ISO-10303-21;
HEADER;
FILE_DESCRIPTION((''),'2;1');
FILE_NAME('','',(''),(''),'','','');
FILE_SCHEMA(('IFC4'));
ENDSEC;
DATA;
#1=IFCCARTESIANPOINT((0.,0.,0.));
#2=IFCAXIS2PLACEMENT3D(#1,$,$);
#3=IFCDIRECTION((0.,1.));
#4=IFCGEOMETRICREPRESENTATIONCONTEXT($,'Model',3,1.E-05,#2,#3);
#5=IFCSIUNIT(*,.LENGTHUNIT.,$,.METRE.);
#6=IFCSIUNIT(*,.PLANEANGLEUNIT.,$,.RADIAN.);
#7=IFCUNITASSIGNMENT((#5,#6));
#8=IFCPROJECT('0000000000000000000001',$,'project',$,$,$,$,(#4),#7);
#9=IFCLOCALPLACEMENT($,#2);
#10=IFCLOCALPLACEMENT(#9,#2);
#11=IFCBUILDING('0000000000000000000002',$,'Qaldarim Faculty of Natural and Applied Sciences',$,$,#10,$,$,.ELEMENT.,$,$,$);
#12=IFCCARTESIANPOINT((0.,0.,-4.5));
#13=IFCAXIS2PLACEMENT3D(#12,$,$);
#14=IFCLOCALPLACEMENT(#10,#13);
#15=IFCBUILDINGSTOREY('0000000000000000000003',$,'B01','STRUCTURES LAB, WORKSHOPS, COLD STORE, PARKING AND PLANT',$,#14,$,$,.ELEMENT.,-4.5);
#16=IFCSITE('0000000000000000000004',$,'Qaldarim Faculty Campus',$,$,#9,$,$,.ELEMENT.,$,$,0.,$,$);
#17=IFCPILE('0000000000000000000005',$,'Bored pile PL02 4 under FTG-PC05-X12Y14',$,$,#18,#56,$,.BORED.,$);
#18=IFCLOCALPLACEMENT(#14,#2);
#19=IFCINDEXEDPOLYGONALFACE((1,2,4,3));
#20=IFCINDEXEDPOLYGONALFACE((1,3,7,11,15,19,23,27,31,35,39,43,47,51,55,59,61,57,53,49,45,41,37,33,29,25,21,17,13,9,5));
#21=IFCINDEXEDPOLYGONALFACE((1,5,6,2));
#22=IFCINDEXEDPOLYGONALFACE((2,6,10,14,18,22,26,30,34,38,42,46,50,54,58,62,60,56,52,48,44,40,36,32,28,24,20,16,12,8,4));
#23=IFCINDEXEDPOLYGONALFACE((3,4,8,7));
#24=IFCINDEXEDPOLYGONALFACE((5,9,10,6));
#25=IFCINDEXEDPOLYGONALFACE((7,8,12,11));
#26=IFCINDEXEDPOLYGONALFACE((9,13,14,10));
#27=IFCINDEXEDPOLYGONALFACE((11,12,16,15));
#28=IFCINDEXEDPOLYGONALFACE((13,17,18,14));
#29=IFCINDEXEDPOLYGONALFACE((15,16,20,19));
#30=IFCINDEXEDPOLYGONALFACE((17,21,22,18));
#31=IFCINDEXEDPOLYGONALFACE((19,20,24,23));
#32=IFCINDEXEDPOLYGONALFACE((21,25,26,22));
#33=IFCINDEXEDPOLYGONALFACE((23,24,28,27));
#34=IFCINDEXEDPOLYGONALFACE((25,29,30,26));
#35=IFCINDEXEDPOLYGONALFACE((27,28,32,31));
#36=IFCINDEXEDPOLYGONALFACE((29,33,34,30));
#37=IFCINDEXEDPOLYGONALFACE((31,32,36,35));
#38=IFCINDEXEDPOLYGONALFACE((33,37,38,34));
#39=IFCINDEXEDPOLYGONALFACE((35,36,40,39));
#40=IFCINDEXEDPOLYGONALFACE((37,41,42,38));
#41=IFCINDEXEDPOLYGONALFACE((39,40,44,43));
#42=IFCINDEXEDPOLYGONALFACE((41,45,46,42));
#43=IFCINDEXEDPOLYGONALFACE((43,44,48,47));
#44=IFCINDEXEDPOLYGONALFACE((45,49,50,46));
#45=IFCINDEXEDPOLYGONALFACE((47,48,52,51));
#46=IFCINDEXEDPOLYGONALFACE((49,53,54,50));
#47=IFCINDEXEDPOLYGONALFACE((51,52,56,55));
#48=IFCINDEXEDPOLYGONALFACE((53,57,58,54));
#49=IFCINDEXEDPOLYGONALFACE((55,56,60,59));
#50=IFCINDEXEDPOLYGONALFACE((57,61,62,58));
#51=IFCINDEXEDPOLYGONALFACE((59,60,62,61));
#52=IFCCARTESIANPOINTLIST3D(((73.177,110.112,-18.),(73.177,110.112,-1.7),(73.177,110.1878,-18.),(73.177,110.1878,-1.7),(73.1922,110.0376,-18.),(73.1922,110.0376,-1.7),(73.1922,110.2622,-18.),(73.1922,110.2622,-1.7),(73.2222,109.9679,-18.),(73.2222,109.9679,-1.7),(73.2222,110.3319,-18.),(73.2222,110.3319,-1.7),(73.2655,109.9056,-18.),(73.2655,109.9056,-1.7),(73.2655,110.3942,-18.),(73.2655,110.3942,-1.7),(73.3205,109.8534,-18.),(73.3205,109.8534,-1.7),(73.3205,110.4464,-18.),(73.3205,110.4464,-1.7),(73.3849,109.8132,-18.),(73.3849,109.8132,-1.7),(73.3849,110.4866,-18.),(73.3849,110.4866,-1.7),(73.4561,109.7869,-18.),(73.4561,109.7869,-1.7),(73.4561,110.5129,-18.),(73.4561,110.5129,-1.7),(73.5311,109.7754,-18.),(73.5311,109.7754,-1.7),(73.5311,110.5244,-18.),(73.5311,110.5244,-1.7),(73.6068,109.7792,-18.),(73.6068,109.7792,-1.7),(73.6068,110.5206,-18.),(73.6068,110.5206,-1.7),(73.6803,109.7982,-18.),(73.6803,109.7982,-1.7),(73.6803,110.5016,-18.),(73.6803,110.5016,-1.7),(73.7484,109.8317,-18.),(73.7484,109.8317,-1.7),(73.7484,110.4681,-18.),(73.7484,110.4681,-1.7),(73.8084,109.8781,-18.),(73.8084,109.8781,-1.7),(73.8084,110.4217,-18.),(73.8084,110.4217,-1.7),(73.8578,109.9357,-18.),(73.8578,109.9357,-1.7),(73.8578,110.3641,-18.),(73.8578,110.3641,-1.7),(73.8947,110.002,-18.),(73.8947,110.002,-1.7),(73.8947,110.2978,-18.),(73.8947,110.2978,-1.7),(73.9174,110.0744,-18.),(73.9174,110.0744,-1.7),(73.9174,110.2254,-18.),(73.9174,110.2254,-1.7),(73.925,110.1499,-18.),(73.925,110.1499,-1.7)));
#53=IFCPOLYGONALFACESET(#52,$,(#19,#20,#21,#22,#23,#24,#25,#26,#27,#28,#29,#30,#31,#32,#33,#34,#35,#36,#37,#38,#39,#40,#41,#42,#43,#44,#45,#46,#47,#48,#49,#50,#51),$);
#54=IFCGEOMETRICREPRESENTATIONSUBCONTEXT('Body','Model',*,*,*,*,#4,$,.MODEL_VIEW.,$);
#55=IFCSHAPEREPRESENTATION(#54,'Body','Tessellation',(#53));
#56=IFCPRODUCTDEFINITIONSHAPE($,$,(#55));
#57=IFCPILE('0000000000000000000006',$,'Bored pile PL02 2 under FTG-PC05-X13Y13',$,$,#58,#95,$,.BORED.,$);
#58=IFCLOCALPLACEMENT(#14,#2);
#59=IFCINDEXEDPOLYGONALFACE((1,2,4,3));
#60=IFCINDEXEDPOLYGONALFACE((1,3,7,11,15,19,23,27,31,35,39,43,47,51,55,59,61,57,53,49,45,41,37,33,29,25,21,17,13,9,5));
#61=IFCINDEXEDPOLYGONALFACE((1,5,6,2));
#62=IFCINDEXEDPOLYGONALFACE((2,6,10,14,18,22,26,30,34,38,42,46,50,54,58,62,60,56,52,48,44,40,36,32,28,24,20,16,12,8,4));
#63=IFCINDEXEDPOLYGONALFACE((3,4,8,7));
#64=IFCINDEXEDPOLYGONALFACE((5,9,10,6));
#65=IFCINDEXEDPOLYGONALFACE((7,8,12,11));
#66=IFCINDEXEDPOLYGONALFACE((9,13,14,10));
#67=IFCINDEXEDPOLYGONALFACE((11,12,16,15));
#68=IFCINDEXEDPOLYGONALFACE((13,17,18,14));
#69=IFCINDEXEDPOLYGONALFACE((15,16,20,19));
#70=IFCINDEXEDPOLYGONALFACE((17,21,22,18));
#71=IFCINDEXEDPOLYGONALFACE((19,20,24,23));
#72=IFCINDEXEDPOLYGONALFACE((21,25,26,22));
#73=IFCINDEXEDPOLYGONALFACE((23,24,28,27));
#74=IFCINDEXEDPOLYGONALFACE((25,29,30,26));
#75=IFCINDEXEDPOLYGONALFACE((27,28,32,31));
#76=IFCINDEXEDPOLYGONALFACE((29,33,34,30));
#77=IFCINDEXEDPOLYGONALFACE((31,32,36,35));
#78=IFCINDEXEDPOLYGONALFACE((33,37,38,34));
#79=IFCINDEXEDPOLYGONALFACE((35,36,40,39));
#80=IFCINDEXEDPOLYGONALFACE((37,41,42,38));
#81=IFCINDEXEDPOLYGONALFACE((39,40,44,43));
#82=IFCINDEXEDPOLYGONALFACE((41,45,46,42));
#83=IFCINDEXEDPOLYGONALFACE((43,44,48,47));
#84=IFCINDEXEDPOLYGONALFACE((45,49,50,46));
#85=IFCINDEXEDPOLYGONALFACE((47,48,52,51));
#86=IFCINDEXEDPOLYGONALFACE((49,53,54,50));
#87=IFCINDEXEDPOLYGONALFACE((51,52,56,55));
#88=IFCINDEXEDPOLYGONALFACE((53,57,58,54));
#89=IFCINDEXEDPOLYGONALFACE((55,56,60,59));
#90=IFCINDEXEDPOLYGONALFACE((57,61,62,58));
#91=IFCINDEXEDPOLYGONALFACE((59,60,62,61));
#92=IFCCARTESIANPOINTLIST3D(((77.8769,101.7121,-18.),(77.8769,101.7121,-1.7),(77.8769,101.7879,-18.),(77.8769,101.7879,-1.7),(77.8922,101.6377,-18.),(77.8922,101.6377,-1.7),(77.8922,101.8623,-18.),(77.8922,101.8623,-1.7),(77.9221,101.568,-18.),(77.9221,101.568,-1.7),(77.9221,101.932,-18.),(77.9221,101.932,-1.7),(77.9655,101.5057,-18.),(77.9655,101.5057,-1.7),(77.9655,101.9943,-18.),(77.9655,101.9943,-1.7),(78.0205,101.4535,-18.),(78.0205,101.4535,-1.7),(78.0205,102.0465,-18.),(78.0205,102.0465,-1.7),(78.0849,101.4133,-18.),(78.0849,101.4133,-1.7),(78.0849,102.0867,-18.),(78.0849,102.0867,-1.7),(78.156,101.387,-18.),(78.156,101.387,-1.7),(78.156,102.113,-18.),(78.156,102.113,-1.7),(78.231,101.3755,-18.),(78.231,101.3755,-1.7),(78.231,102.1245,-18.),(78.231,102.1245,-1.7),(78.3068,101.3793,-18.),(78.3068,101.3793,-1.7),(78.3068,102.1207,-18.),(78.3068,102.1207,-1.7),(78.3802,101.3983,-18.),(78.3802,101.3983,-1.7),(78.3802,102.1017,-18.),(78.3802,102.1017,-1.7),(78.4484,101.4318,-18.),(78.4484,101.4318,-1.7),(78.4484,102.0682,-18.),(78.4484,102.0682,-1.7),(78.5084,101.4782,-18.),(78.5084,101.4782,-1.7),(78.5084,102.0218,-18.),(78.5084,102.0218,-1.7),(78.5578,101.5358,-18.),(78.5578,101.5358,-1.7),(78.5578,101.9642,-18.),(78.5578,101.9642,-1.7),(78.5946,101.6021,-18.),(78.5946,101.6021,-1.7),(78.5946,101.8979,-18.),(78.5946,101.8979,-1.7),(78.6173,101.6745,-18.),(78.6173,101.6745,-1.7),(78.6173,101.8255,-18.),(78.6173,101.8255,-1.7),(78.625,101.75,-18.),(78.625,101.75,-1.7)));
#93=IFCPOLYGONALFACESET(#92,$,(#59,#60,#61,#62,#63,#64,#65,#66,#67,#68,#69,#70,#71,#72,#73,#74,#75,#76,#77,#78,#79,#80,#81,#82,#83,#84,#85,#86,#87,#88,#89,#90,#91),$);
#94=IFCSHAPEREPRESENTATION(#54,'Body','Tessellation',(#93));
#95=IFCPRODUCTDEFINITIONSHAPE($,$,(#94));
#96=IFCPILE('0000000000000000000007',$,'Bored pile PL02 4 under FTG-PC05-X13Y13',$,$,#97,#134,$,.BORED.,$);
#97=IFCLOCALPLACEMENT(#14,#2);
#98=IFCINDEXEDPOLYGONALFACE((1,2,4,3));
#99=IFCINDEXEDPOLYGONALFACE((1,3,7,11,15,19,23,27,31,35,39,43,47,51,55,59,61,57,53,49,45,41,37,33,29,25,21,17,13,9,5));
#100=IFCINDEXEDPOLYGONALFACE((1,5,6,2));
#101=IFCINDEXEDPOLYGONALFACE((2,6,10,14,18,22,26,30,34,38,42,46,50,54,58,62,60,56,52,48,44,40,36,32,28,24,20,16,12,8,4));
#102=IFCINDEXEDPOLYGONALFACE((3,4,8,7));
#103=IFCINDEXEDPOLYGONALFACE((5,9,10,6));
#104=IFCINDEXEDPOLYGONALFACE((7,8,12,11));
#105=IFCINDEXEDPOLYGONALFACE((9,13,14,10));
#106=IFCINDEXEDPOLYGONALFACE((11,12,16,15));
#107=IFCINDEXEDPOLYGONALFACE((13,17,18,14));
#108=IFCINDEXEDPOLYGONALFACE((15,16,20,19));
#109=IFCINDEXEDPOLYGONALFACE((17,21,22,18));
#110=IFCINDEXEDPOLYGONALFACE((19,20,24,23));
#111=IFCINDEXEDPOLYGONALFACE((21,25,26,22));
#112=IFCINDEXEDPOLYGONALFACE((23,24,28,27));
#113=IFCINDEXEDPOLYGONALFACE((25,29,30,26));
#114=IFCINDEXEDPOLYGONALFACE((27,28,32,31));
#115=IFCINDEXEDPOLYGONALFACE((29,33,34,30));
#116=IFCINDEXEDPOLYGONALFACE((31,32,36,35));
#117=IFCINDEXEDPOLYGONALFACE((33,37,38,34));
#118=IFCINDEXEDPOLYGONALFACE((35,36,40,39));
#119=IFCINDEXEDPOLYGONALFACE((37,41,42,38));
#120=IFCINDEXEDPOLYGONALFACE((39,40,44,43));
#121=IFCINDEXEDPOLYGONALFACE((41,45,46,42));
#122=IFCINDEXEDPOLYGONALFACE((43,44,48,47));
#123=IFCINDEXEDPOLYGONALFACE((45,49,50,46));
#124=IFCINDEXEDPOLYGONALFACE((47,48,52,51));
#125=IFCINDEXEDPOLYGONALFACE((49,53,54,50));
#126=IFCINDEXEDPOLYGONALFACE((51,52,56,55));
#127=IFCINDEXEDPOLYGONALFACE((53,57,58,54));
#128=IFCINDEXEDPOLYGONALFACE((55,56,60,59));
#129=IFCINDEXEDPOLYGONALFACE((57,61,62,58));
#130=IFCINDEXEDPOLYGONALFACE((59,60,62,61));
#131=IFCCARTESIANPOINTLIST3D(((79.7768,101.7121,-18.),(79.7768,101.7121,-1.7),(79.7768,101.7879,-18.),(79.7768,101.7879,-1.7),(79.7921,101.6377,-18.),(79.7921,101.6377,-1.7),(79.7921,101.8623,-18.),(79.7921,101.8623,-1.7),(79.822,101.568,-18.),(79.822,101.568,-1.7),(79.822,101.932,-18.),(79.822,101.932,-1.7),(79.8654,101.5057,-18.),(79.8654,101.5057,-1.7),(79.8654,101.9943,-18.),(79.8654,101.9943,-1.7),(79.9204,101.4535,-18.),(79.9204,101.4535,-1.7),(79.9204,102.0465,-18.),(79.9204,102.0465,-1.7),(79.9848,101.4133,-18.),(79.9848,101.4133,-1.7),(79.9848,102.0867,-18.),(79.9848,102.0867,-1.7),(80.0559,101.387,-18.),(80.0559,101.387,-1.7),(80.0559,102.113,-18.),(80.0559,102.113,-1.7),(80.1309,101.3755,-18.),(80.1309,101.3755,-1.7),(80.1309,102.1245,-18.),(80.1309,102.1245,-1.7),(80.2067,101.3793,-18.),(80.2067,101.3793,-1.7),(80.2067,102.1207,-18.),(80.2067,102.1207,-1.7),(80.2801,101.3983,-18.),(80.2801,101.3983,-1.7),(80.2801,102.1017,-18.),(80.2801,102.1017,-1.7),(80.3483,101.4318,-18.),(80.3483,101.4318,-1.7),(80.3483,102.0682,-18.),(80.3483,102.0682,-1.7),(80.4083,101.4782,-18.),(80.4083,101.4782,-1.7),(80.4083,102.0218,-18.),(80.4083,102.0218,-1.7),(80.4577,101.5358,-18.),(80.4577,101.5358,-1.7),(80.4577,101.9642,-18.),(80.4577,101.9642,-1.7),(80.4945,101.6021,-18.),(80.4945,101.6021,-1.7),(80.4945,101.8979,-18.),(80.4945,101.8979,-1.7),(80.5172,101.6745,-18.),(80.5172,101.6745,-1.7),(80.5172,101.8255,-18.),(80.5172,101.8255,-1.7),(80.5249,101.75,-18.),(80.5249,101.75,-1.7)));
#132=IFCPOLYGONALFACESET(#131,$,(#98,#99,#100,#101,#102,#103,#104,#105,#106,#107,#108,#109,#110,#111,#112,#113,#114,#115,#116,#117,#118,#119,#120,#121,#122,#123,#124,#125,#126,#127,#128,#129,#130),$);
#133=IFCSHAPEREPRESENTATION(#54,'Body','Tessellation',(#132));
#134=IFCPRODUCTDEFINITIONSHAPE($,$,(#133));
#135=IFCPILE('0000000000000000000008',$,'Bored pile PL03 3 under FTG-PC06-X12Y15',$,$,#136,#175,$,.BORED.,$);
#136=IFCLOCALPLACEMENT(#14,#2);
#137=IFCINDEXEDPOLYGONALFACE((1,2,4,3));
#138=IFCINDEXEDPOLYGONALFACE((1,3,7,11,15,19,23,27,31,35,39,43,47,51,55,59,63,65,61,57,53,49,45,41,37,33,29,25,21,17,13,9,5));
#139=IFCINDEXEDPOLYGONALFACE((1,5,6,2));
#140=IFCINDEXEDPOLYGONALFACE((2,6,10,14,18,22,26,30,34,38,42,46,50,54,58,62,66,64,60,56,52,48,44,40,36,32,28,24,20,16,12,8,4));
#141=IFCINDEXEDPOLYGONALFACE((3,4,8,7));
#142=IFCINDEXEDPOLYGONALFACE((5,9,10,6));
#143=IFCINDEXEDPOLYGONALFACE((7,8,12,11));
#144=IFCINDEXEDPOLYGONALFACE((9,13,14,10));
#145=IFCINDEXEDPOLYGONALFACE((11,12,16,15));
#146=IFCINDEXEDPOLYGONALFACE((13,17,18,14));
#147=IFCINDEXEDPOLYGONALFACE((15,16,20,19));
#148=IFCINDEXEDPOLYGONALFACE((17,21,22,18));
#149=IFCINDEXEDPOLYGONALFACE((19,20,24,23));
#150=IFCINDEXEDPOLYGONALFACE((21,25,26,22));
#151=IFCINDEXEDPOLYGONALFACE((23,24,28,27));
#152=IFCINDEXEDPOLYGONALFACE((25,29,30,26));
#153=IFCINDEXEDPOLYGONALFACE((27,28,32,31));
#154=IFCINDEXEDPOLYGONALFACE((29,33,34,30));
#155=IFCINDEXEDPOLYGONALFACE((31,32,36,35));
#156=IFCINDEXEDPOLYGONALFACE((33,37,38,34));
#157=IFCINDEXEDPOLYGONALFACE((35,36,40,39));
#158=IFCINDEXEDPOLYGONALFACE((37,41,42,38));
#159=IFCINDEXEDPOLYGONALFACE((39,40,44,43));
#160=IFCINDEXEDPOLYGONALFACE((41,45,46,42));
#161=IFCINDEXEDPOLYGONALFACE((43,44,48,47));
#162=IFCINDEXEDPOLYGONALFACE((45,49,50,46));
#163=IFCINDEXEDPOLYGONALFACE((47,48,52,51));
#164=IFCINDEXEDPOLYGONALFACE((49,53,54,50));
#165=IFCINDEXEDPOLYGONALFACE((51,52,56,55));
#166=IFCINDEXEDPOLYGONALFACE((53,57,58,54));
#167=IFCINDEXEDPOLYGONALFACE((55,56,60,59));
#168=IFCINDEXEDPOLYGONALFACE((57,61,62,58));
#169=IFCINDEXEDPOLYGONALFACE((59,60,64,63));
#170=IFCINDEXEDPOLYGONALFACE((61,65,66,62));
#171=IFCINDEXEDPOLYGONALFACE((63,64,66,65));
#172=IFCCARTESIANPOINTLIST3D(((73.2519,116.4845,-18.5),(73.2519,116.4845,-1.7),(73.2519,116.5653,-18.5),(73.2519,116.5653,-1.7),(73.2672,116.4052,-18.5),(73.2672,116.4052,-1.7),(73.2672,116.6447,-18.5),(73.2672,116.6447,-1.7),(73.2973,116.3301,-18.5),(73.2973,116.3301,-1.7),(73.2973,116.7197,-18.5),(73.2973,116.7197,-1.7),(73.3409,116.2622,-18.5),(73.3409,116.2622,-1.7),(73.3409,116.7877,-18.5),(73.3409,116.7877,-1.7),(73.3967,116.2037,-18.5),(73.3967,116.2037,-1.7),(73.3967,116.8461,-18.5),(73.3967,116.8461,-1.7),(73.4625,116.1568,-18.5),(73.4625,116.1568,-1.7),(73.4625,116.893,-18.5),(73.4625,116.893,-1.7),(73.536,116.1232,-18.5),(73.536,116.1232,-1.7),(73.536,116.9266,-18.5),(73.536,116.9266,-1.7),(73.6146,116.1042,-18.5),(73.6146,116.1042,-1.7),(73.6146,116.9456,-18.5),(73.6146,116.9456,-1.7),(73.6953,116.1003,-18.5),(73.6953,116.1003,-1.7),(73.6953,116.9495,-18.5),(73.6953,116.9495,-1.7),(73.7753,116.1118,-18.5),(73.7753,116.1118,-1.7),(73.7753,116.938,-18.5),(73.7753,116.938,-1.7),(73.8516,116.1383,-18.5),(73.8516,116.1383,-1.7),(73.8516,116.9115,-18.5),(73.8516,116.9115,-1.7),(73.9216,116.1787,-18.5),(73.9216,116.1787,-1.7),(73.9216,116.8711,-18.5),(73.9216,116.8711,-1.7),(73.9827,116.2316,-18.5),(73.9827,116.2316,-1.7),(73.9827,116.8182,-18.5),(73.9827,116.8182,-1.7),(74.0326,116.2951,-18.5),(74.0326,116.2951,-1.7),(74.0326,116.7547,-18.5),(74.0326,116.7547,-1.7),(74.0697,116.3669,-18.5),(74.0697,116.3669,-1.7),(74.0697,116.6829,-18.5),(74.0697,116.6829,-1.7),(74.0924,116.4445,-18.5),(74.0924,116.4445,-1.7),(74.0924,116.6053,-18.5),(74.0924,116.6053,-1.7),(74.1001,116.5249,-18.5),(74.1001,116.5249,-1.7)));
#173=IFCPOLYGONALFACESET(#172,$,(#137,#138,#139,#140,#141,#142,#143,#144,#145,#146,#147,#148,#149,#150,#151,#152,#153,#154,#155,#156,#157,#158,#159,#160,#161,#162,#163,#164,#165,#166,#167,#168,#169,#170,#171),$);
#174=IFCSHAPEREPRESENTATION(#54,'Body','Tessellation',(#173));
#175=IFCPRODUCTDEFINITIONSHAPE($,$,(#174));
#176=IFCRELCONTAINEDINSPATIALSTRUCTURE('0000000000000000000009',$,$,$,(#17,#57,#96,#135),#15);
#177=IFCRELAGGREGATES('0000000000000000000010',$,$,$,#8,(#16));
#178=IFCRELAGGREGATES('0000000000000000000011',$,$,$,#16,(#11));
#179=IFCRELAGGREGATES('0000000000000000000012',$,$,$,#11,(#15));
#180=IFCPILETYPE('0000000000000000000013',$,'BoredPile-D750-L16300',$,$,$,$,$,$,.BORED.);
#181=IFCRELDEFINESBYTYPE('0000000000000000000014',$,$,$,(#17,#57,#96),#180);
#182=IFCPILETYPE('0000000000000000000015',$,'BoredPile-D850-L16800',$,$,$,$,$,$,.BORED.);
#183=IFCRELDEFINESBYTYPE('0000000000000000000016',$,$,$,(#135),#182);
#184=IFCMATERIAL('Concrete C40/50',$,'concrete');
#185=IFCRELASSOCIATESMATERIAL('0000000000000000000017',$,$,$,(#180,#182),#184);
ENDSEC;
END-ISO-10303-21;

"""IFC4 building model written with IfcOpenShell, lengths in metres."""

from ifc_helpers import new_model, si_unit, direction, frame, origin, origin_2d, place, context, subcontext, project, spatial, circle, extrude, material, material_profile, profile_set, type_object, element, save


model = new_model("IFC4")

# Units and contexts
model_context = context("Model", 3, precision=1e-05, world=origin(), true_north=direction((0.0, 1.0)))
body_context = subcontext(model_context, "Body", "Model", "MODEL_VIEW")
ifc_project = project(units=[si_unit("LENGTHUNIT", "METRE"), si_unit("PLANEANGLEUNIT", "RADIAN")], contexts=[model_context])

# Site, building, storey
site_placement = place(None, origin())
site = spatial("IfcSite", under=ifc_project, at=site_placement, Name="Qaldarim Faculty Campus", CompositionType="ELEMENT", RefElevation=0.0)
building_placement = place(site_placement, origin())
building = spatial("IfcBuilding", under=site, at=building_placement, Name="Qaldarim Faculty of Natural and Applied Sciences", CompositionType="ELEMENT")
storey_placement = place(building_placement, frame((0.0, 0.0, -4.5)))
storey = spatial("IfcBuildingStorey", under=building, at=storey_placement, Name="B01", Description="STRUCTURES LAB, WORKSHOPS, COLD STORE, PARKING AND PLANT", CompositionType="ELEMENT", Elevation=-4.5)

# Piles
ifc_material_1 = material(Name="Concrete C40/50", Category="concrete")
ifc_material_profile_1 = material_profile(ifc_material_1, circle(Radius=0.375, at=origin_2d()), Name="PILE-D750")
ifc_profile_set_1 = profile_set([ifc_material_profile_1], Name="Concrete C40/50")
pile_type_1 = type_object("IfcPileType", Name="BoredPile-D750-L16300", PredefinedType="BORED", material=ifc_profile_set_1)
for number, where, z_axis, x_axis, name in (
    (1, (73.55, 110.1499, -1.7), (0.0, 0.0, -1.0), (1.0, 0.0, 0.0), "Bored pile PL02 4 under FTG-PC05-X12Y14"),
    (2, (78.25, 101.75, -1.7), (0.0, 0.0, -1.0), (1.0, 0.0, 0.0), "Bored pile PL02 2 under FTG-PC05-X13Y13"),
    (3, (80.1499, 101.75, -1.7), (0.0, 0.0, -1.0), (1.0, 0.0, 0.0), "Bored pile PL02 4 under FTG-PC05-X13Y13"),
):
    element("IfcPile", number, at=place(storey_placement, frame(where, z_axis=z_axis, x_axis=x_axis)), inside=storey, type_object=pile_type_1, Name=name, PredefinedType="BORED", context=body_context, shape_type="SweptSolid", body=[
        extrude(circle(Radius=0.375, at=origin_2d()), origin(), (0.0, 0.0, 1.0), 16.3),
    ])
ifc_material_profile_2 = material_profile(ifc_material_1, circle(Radius=0.425, at=origin_2d()), Name="PILE-D850")
ifc_profile_set_2 = profile_set([ifc_material_profile_2], Name="Concrete C40/50")
pile_type_2 = type_object("IfcPileType", Name="BoredPile-D850-L16800", PredefinedType="BORED", material=ifc_profile_set_2)
for number, where, z_axis, x_axis, name in (
    (4, (73.675, 116.5249, -1.7), (0.0, 0.0, -1.0), (1.0, 0.0, 0.0), "Bored pile PL03 3 under FTG-PC06-X12Y15"),
):
    element("IfcPile", number, at=place(storey_placement, frame(where, z_axis=z_axis, x_axis=x_axis)), inside=storey, type_object=pile_type_2, Name=name, PredefinedType="BORED", context=body_context, shape_type="SweptSolid", body=[
        extrude(circle(Radius=0.425, at=origin_2d()), origin(), (0.0, 0.0, 1.0), 16.8),
    ])

save(model, "model.ifc")
